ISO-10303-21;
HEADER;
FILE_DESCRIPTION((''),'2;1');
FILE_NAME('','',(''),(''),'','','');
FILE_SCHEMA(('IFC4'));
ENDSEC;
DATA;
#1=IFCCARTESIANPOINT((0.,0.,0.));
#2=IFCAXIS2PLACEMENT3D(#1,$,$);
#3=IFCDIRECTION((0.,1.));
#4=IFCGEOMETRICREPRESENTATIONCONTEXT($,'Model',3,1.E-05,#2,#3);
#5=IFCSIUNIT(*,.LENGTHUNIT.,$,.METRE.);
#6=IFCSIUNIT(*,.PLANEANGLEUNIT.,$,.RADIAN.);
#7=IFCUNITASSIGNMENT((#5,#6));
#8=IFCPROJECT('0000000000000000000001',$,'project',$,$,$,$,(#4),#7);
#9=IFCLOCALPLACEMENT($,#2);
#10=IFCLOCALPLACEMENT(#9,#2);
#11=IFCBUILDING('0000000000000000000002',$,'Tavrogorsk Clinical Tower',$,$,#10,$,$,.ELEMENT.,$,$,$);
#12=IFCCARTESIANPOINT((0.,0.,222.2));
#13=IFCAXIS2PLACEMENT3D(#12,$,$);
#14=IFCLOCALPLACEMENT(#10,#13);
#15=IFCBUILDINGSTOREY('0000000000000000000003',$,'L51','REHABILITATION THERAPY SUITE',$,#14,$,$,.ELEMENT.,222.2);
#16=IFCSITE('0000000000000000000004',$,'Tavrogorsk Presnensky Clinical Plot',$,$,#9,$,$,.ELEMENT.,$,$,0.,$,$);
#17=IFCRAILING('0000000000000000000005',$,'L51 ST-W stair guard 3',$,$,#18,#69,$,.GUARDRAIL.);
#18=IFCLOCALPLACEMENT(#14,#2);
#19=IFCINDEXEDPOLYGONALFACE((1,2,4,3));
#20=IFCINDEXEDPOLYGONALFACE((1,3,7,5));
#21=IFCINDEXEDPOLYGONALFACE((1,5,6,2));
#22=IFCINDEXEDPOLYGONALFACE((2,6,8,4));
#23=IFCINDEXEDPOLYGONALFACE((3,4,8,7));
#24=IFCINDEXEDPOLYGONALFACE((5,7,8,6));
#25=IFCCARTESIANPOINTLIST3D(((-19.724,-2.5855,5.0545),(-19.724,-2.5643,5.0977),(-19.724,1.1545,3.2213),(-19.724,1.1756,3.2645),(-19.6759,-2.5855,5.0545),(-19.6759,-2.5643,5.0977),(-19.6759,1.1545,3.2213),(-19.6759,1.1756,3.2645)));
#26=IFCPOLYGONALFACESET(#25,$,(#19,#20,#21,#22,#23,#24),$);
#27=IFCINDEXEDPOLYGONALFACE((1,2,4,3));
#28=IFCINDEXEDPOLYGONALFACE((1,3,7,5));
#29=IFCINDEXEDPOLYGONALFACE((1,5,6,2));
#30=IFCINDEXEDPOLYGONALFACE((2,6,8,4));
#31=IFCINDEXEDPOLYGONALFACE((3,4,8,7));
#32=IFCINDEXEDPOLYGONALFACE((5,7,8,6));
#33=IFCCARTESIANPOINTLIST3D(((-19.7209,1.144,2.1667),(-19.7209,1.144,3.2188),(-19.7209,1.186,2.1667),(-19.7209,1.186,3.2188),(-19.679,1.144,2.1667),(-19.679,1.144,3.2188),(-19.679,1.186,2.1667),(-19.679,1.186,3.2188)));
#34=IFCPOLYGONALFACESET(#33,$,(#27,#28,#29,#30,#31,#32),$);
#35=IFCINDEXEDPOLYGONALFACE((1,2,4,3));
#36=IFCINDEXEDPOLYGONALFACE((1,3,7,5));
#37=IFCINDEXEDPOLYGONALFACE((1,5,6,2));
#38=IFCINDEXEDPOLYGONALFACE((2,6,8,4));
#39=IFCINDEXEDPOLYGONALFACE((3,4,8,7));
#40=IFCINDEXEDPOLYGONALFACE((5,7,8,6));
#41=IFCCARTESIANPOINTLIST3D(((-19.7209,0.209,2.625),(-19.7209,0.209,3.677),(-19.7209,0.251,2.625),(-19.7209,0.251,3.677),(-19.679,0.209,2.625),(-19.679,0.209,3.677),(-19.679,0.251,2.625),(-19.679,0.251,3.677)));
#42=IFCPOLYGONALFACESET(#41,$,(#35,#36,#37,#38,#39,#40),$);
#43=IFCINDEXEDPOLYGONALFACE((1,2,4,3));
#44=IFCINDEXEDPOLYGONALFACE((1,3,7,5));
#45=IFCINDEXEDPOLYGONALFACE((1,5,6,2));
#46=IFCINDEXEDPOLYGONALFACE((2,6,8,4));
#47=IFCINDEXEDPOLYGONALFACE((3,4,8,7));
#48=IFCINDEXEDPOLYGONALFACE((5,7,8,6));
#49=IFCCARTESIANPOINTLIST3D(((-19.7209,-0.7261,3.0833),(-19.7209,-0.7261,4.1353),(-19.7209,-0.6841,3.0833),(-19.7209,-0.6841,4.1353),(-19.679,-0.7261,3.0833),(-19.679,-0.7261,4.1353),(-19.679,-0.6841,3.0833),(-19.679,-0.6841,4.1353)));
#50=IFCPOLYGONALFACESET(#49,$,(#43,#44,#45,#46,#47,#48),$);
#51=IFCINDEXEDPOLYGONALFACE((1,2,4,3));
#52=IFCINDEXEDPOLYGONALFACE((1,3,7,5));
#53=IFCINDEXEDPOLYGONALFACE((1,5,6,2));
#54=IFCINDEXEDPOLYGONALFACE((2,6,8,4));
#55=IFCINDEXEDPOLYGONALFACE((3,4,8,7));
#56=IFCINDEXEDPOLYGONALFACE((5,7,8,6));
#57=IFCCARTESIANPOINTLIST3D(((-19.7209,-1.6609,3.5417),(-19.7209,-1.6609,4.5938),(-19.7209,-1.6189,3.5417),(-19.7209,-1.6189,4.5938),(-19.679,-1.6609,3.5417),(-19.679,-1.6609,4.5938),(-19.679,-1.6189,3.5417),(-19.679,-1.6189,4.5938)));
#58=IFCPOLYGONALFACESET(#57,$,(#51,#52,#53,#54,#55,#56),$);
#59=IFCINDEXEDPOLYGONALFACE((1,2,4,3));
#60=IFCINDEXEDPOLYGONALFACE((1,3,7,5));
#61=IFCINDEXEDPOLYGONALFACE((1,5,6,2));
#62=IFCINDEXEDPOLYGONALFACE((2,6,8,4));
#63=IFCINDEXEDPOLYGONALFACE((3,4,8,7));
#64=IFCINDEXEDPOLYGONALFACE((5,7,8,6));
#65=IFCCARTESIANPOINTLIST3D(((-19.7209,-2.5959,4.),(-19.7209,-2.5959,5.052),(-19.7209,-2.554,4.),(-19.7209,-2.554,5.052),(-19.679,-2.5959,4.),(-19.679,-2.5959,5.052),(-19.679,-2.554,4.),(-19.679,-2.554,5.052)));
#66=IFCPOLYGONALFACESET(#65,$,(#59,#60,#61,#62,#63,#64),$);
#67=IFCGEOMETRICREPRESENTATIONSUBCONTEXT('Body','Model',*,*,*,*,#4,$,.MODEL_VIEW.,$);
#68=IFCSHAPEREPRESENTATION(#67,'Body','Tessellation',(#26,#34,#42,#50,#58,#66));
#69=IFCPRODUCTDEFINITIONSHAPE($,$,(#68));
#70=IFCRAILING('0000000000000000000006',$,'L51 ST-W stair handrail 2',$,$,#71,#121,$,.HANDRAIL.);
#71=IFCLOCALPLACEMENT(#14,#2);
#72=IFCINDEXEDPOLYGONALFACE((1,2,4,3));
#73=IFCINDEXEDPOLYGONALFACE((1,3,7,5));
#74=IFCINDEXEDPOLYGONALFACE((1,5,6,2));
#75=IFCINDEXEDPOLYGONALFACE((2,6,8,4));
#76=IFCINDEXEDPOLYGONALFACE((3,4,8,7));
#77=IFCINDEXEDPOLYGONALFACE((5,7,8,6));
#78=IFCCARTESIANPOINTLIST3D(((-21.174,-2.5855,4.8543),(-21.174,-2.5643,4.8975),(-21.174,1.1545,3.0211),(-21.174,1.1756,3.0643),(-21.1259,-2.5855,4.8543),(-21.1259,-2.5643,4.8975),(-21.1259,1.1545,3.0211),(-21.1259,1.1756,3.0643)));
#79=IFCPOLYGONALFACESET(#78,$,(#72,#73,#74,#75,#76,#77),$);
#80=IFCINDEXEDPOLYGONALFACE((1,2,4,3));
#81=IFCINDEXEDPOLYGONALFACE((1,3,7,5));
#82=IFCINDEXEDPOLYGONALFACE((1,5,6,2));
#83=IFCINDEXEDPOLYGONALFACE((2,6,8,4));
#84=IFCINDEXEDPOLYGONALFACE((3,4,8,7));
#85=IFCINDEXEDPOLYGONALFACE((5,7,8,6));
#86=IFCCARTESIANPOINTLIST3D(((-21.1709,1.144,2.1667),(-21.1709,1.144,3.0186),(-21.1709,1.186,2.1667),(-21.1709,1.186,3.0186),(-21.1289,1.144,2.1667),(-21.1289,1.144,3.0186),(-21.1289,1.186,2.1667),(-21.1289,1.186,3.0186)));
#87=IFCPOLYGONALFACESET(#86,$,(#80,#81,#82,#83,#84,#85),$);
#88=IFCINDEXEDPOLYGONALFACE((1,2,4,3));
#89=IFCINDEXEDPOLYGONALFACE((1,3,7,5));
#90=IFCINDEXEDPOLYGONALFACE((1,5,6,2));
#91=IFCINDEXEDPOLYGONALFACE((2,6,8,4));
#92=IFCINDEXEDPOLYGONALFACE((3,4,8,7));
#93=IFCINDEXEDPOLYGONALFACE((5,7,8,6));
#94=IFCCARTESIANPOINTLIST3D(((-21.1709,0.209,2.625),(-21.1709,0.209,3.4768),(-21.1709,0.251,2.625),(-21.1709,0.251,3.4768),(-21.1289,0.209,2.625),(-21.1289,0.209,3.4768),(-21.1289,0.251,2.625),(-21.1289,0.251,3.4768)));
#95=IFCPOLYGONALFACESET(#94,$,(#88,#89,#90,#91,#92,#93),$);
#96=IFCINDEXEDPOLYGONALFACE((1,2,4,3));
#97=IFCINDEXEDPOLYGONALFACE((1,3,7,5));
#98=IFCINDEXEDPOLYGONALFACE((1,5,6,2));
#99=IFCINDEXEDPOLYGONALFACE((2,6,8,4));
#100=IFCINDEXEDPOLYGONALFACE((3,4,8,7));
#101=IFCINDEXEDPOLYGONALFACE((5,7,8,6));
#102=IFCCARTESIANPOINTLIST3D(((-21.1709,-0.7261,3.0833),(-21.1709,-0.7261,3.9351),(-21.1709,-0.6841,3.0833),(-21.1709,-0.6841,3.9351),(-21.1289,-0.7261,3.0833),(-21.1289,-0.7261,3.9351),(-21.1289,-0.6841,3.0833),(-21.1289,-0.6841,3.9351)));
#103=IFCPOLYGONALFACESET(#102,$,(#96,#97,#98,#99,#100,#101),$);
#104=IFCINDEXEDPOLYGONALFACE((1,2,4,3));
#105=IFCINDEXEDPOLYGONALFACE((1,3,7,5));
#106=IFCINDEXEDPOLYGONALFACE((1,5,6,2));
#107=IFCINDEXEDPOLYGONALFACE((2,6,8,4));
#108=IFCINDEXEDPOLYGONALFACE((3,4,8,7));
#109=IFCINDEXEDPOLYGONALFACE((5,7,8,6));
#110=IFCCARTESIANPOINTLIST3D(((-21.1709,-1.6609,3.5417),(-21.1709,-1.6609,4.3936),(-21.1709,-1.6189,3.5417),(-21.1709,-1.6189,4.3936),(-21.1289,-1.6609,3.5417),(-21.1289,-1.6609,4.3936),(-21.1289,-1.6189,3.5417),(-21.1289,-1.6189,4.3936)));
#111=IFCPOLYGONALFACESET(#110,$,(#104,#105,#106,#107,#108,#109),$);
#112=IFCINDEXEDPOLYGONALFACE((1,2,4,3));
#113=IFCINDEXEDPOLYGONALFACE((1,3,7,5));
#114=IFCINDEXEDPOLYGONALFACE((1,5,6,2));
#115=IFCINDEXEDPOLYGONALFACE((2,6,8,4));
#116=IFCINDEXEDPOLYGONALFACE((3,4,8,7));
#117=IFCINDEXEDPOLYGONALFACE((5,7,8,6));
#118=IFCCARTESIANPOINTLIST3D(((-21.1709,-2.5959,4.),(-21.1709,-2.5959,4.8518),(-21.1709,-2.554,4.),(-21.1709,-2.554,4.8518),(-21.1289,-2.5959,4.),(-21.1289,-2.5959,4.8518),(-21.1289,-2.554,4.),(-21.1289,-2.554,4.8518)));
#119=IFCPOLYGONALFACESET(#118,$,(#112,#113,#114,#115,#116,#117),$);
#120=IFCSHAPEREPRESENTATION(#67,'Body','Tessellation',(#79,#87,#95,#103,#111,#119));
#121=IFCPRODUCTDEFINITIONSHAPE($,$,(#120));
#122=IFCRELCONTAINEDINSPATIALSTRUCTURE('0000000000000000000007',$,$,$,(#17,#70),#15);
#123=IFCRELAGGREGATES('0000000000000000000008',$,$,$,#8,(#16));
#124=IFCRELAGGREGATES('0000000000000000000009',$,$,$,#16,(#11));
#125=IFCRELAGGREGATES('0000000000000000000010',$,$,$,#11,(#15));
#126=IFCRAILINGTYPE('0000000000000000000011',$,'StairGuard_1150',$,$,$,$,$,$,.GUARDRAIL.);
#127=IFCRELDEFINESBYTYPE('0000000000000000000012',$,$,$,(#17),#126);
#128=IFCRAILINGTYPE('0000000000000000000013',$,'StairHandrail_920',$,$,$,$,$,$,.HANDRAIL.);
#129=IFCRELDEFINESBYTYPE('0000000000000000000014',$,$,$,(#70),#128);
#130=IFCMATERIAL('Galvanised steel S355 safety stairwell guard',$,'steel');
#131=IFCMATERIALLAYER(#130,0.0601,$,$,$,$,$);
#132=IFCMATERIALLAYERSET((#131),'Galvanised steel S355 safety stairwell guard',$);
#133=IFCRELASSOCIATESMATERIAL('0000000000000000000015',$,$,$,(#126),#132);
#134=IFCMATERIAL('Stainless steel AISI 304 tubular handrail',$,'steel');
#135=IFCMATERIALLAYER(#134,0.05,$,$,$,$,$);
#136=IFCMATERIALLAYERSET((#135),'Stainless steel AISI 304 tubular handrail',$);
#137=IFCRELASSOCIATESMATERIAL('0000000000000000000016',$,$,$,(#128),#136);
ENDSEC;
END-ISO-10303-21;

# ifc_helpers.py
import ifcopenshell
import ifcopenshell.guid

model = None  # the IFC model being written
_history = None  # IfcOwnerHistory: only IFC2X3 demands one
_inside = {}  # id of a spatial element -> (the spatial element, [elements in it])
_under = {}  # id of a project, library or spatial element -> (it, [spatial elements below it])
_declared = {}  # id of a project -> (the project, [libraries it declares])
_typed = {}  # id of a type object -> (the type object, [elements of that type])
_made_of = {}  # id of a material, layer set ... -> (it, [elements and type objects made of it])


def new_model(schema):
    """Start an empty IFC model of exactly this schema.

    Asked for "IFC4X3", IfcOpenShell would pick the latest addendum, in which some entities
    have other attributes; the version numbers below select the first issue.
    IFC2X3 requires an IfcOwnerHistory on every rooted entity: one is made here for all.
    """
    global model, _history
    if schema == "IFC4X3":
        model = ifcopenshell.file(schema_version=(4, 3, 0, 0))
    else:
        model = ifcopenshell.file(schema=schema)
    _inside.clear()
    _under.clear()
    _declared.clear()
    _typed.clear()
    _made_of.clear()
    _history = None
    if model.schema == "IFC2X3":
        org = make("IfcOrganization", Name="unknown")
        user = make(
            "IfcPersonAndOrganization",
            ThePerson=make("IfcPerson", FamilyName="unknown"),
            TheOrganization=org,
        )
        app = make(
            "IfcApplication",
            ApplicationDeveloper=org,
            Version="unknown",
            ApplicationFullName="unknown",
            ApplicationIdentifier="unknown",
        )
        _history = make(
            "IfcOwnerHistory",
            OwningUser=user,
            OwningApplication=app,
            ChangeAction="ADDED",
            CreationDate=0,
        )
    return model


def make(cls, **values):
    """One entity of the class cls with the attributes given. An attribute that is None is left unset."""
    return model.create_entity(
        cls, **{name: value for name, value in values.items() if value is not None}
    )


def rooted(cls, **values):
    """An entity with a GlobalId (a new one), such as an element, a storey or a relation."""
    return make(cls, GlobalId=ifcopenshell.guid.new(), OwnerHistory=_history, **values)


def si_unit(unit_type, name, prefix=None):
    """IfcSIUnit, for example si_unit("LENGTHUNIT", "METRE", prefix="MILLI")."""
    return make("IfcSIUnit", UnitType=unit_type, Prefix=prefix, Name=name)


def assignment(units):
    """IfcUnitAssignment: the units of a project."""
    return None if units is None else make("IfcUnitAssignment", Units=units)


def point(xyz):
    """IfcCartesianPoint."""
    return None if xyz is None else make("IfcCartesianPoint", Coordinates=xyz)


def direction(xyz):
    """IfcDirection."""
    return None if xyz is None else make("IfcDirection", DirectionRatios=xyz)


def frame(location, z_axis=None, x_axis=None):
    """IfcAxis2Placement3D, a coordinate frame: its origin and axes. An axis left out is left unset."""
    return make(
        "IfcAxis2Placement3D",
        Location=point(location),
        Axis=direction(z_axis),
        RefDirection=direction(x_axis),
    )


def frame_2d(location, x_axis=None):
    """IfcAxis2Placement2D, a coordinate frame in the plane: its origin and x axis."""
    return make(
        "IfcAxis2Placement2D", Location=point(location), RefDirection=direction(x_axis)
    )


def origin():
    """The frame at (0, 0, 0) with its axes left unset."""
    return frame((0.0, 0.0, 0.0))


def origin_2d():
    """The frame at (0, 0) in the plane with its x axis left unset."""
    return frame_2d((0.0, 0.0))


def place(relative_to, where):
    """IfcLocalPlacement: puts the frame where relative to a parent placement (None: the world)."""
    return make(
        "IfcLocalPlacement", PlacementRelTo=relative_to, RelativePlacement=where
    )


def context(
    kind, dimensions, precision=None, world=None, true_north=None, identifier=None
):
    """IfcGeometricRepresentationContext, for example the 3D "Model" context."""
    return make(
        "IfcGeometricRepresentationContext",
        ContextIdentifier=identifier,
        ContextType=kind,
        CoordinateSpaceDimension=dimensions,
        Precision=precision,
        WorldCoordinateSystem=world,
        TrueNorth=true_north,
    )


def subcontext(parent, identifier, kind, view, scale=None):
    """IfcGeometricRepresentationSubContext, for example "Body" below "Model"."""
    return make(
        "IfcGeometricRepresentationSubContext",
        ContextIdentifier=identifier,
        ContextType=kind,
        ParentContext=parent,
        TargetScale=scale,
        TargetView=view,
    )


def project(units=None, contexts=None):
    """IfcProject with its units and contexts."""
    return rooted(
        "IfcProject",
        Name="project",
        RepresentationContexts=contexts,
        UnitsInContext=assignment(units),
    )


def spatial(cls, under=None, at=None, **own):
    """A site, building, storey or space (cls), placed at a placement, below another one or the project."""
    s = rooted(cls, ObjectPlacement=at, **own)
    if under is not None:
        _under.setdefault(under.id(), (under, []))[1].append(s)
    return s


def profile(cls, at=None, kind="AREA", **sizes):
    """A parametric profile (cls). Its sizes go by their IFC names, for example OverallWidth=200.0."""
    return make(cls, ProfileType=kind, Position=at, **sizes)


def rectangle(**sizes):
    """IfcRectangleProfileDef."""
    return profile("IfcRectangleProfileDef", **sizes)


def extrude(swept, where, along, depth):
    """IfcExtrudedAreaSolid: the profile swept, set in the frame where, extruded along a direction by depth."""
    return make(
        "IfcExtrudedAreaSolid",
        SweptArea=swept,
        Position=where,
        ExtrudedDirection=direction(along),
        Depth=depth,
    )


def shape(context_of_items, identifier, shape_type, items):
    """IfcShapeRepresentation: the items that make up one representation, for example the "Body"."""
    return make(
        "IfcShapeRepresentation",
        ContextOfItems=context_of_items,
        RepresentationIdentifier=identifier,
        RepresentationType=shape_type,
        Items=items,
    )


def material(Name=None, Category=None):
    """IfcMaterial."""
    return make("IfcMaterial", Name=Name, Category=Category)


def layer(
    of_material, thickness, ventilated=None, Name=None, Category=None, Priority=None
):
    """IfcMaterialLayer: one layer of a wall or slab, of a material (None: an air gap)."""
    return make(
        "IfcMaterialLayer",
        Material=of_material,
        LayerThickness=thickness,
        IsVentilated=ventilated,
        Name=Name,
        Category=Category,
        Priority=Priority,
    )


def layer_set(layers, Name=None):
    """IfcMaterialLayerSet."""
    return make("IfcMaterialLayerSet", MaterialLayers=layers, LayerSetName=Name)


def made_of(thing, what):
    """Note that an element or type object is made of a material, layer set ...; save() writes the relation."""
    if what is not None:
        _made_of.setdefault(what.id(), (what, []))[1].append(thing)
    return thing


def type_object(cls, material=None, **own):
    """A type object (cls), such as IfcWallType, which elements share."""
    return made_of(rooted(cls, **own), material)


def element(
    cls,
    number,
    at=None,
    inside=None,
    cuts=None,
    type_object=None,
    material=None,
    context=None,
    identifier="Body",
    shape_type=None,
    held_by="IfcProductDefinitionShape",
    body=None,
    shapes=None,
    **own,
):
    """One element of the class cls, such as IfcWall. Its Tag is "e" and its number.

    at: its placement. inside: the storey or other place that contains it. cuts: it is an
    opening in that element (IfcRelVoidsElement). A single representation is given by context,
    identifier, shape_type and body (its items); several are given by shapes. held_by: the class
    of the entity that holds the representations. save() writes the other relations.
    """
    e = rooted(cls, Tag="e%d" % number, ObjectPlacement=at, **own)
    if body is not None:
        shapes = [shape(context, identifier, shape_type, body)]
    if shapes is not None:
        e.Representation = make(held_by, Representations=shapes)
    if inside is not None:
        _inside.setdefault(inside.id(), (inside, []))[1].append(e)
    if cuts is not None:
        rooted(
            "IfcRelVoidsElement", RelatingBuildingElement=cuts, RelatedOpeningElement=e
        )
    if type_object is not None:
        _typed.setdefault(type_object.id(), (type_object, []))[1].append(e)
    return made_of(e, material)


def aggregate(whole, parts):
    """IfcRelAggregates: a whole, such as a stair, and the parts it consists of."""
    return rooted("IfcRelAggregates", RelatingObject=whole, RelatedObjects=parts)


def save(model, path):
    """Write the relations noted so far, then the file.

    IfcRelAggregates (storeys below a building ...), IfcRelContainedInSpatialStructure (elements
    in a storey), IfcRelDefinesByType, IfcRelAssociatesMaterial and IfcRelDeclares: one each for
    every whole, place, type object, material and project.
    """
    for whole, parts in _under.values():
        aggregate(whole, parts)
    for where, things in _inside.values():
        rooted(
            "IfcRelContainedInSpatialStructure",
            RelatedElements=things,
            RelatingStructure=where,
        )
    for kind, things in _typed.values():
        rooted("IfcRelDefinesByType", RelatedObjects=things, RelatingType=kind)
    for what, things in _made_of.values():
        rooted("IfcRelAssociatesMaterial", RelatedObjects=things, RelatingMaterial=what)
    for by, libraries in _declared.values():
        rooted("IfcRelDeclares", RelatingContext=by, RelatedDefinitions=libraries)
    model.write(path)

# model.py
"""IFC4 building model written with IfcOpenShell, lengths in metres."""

from ifc_helpers import new_model, si_unit, direction, frame, origin, origin_2d, place, context, subcontext, project, spatial, rectangle, extrude, material, layer, layer_set, type_object, element, save


model = new_model("IFC4")

# Units and contexts
model_context = context("Model", 3, precision=1e-05, world=origin(), true_north=direction((0.0, 1.0)))
body_context = subcontext(model_context, "Body", "Model", "MODEL_VIEW")
ifc_project = project(units=[si_unit("LENGTHUNIT", "METRE"), si_unit("PLANEANGLEUNIT", "RADIAN")], contexts=[model_context])

# Site, building, storey
site_placement = place(None, origin())
site = spatial("IfcSite", under=ifc_project, at=site_placement, Name="Tavrogorsk Presnensky Clinical Plot", CompositionType="ELEMENT", RefElevation=0.0)
building_placement = place(site_placement, origin())
building = spatial("IfcBuilding", under=site, at=building_placement, Name="Tavrogorsk Clinical Tower", CompositionType="ELEMENT")
storey_placement = place(building_placement, frame((0.0, 0.0, 222.2)))
storey = spatial("IfcBuildingStorey", under=building, at=storey_placement, Name="L51", Description="REHABILITATION THERAPY SUITE", CompositionType="ELEMENT", Elevation=222.2)

# Railings
ifc_material_1 = material(Name="Galvanised steel S355 safety stairwell guard", Category="steel")
ifc_layer_1 = layer(ifc_material_1, 0.0601)
ifc_layer_set_1 = layer_set([ifc_layer_1], Name="Galvanised steel S355 safety stairwell guard")
railing_type_1 = type_object("IfcRailingType", Name="StairGuard_1150", PredefinedType="GUARDRAIL", material=ifc_layer_set_1)
railing_1_placement = place(storey_placement, frame((-19.7, 1.165, 2.1667)))
element("IfcRailing", 1, at=railing_1_placement, inside=storey, type_object=railing_type_1, Name="L51 ST-W stair guard 3", PredefinedType="GUARDRAIL", context=body_context, shape_type="SweptSolid", body=[
    extrude(rectangle(XDim=0.0481, YDim=0.0481, at=origin_2d()), frame((0.0, 0.0, 1.0762), z_axis=(0.0, -0.897928, 0.440142), x_axis=(1.0, 0.0, 0.0)), (0.0, 0.0, 1.0), 4.165),
    extrude(rectangle(XDim=0.042, YDim=0.042, at=origin_2d()), origin(), (0.0, 0.0, 1.0), 1.052),
    extrude(rectangle(XDim=0.042, YDim=0.042, at=origin_2d()), frame((0.0, -0.9351, 0.4583)), (0.0, 0.0, 1.0), 1.052),
    extrude(rectangle(XDim=0.042, YDim=0.042, at=origin_2d()), frame((0.0, -1.8701, 0.9165)), (0.0, 0.0, 1.0), 1.052),
    extrude(rectangle(XDim=0.042, YDim=0.042, at=origin_2d()), frame((0.0, -2.8049, 1.375)), (0.0, 0.0, 1.0), 1.052),
    extrude(rectangle(XDim=0.042, YDim=0.042, at=origin_2d()), frame((0.0, -3.74, 1.8333)), (0.0, 0.0, 1.0), 1.052),
])
ifc_material_2 = material(Name="Stainless steel AISI 304 tubular handrail", Category="steel")
ifc_layer_2 = layer(ifc_material_2, 0.05)
ifc_layer_set_2 = layer_set([ifc_layer_2], Name="Stainless steel AISI 304 tubular handrail")
railing_type_2 = type_object("IfcRailingType", Name="StairHandrail_920", PredefinedType="HANDRAIL", material=ifc_layer_set_2)
railing_2_placement = place(storey_placement, frame((-21.1499, 1.165, 2.1667)))
element("IfcRailing", 2, at=railing_2_placement, inside=storey, type_object=railing_type_2, Name="L51 ST-W stair handrail 2", PredefinedType="HANDRAIL", context=body_context, shape_type="SweptSolid", body=[
    extrude(rectangle(XDim=0.0481, YDim=0.0481, at=origin_2d()), frame((0.0, 0.0, 0.876), z_axis=(0.0, -0.897928, 0.440142), x_axis=(1.0, 0.0, 0.0)), (0.0, 0.0, 1.0), 4.165),
    extrude(rectangle(XDim=0.042, YDim=0.042, at=origin_2d()), origin(), (0.0, 0.0, 1.0), 0.8518),
    extrude(rectangle(XDim=0.042, YDim=0.042, at=origin_2d()), frame((0.0, -0.9351, 0.4583)), (0.0, 0.0, 1.0), 0.8518),
    extrude(rectangle(XDim=0.042, YDim=0.042, at=origin_2d()), frame((0.0, -1.8701, 0.9165)), (0.0, 0.0, 1.0), 0.8518),
    extrude(rectangle(XDim=0.042, YDim=0.042, at=origin_2d()), frame((0.0, -2.8049, 1.375)), (0.0, 0.0, 1.0), 0.8518),
    extrude(rectangle(XDim=0.042, YDim=0.042, at=origin_2d()), frame((0.0, -3.74, 1.8333)), (0.0, 0.0, 1.0), 0.8518),
])

save(model, "model.ifc")
